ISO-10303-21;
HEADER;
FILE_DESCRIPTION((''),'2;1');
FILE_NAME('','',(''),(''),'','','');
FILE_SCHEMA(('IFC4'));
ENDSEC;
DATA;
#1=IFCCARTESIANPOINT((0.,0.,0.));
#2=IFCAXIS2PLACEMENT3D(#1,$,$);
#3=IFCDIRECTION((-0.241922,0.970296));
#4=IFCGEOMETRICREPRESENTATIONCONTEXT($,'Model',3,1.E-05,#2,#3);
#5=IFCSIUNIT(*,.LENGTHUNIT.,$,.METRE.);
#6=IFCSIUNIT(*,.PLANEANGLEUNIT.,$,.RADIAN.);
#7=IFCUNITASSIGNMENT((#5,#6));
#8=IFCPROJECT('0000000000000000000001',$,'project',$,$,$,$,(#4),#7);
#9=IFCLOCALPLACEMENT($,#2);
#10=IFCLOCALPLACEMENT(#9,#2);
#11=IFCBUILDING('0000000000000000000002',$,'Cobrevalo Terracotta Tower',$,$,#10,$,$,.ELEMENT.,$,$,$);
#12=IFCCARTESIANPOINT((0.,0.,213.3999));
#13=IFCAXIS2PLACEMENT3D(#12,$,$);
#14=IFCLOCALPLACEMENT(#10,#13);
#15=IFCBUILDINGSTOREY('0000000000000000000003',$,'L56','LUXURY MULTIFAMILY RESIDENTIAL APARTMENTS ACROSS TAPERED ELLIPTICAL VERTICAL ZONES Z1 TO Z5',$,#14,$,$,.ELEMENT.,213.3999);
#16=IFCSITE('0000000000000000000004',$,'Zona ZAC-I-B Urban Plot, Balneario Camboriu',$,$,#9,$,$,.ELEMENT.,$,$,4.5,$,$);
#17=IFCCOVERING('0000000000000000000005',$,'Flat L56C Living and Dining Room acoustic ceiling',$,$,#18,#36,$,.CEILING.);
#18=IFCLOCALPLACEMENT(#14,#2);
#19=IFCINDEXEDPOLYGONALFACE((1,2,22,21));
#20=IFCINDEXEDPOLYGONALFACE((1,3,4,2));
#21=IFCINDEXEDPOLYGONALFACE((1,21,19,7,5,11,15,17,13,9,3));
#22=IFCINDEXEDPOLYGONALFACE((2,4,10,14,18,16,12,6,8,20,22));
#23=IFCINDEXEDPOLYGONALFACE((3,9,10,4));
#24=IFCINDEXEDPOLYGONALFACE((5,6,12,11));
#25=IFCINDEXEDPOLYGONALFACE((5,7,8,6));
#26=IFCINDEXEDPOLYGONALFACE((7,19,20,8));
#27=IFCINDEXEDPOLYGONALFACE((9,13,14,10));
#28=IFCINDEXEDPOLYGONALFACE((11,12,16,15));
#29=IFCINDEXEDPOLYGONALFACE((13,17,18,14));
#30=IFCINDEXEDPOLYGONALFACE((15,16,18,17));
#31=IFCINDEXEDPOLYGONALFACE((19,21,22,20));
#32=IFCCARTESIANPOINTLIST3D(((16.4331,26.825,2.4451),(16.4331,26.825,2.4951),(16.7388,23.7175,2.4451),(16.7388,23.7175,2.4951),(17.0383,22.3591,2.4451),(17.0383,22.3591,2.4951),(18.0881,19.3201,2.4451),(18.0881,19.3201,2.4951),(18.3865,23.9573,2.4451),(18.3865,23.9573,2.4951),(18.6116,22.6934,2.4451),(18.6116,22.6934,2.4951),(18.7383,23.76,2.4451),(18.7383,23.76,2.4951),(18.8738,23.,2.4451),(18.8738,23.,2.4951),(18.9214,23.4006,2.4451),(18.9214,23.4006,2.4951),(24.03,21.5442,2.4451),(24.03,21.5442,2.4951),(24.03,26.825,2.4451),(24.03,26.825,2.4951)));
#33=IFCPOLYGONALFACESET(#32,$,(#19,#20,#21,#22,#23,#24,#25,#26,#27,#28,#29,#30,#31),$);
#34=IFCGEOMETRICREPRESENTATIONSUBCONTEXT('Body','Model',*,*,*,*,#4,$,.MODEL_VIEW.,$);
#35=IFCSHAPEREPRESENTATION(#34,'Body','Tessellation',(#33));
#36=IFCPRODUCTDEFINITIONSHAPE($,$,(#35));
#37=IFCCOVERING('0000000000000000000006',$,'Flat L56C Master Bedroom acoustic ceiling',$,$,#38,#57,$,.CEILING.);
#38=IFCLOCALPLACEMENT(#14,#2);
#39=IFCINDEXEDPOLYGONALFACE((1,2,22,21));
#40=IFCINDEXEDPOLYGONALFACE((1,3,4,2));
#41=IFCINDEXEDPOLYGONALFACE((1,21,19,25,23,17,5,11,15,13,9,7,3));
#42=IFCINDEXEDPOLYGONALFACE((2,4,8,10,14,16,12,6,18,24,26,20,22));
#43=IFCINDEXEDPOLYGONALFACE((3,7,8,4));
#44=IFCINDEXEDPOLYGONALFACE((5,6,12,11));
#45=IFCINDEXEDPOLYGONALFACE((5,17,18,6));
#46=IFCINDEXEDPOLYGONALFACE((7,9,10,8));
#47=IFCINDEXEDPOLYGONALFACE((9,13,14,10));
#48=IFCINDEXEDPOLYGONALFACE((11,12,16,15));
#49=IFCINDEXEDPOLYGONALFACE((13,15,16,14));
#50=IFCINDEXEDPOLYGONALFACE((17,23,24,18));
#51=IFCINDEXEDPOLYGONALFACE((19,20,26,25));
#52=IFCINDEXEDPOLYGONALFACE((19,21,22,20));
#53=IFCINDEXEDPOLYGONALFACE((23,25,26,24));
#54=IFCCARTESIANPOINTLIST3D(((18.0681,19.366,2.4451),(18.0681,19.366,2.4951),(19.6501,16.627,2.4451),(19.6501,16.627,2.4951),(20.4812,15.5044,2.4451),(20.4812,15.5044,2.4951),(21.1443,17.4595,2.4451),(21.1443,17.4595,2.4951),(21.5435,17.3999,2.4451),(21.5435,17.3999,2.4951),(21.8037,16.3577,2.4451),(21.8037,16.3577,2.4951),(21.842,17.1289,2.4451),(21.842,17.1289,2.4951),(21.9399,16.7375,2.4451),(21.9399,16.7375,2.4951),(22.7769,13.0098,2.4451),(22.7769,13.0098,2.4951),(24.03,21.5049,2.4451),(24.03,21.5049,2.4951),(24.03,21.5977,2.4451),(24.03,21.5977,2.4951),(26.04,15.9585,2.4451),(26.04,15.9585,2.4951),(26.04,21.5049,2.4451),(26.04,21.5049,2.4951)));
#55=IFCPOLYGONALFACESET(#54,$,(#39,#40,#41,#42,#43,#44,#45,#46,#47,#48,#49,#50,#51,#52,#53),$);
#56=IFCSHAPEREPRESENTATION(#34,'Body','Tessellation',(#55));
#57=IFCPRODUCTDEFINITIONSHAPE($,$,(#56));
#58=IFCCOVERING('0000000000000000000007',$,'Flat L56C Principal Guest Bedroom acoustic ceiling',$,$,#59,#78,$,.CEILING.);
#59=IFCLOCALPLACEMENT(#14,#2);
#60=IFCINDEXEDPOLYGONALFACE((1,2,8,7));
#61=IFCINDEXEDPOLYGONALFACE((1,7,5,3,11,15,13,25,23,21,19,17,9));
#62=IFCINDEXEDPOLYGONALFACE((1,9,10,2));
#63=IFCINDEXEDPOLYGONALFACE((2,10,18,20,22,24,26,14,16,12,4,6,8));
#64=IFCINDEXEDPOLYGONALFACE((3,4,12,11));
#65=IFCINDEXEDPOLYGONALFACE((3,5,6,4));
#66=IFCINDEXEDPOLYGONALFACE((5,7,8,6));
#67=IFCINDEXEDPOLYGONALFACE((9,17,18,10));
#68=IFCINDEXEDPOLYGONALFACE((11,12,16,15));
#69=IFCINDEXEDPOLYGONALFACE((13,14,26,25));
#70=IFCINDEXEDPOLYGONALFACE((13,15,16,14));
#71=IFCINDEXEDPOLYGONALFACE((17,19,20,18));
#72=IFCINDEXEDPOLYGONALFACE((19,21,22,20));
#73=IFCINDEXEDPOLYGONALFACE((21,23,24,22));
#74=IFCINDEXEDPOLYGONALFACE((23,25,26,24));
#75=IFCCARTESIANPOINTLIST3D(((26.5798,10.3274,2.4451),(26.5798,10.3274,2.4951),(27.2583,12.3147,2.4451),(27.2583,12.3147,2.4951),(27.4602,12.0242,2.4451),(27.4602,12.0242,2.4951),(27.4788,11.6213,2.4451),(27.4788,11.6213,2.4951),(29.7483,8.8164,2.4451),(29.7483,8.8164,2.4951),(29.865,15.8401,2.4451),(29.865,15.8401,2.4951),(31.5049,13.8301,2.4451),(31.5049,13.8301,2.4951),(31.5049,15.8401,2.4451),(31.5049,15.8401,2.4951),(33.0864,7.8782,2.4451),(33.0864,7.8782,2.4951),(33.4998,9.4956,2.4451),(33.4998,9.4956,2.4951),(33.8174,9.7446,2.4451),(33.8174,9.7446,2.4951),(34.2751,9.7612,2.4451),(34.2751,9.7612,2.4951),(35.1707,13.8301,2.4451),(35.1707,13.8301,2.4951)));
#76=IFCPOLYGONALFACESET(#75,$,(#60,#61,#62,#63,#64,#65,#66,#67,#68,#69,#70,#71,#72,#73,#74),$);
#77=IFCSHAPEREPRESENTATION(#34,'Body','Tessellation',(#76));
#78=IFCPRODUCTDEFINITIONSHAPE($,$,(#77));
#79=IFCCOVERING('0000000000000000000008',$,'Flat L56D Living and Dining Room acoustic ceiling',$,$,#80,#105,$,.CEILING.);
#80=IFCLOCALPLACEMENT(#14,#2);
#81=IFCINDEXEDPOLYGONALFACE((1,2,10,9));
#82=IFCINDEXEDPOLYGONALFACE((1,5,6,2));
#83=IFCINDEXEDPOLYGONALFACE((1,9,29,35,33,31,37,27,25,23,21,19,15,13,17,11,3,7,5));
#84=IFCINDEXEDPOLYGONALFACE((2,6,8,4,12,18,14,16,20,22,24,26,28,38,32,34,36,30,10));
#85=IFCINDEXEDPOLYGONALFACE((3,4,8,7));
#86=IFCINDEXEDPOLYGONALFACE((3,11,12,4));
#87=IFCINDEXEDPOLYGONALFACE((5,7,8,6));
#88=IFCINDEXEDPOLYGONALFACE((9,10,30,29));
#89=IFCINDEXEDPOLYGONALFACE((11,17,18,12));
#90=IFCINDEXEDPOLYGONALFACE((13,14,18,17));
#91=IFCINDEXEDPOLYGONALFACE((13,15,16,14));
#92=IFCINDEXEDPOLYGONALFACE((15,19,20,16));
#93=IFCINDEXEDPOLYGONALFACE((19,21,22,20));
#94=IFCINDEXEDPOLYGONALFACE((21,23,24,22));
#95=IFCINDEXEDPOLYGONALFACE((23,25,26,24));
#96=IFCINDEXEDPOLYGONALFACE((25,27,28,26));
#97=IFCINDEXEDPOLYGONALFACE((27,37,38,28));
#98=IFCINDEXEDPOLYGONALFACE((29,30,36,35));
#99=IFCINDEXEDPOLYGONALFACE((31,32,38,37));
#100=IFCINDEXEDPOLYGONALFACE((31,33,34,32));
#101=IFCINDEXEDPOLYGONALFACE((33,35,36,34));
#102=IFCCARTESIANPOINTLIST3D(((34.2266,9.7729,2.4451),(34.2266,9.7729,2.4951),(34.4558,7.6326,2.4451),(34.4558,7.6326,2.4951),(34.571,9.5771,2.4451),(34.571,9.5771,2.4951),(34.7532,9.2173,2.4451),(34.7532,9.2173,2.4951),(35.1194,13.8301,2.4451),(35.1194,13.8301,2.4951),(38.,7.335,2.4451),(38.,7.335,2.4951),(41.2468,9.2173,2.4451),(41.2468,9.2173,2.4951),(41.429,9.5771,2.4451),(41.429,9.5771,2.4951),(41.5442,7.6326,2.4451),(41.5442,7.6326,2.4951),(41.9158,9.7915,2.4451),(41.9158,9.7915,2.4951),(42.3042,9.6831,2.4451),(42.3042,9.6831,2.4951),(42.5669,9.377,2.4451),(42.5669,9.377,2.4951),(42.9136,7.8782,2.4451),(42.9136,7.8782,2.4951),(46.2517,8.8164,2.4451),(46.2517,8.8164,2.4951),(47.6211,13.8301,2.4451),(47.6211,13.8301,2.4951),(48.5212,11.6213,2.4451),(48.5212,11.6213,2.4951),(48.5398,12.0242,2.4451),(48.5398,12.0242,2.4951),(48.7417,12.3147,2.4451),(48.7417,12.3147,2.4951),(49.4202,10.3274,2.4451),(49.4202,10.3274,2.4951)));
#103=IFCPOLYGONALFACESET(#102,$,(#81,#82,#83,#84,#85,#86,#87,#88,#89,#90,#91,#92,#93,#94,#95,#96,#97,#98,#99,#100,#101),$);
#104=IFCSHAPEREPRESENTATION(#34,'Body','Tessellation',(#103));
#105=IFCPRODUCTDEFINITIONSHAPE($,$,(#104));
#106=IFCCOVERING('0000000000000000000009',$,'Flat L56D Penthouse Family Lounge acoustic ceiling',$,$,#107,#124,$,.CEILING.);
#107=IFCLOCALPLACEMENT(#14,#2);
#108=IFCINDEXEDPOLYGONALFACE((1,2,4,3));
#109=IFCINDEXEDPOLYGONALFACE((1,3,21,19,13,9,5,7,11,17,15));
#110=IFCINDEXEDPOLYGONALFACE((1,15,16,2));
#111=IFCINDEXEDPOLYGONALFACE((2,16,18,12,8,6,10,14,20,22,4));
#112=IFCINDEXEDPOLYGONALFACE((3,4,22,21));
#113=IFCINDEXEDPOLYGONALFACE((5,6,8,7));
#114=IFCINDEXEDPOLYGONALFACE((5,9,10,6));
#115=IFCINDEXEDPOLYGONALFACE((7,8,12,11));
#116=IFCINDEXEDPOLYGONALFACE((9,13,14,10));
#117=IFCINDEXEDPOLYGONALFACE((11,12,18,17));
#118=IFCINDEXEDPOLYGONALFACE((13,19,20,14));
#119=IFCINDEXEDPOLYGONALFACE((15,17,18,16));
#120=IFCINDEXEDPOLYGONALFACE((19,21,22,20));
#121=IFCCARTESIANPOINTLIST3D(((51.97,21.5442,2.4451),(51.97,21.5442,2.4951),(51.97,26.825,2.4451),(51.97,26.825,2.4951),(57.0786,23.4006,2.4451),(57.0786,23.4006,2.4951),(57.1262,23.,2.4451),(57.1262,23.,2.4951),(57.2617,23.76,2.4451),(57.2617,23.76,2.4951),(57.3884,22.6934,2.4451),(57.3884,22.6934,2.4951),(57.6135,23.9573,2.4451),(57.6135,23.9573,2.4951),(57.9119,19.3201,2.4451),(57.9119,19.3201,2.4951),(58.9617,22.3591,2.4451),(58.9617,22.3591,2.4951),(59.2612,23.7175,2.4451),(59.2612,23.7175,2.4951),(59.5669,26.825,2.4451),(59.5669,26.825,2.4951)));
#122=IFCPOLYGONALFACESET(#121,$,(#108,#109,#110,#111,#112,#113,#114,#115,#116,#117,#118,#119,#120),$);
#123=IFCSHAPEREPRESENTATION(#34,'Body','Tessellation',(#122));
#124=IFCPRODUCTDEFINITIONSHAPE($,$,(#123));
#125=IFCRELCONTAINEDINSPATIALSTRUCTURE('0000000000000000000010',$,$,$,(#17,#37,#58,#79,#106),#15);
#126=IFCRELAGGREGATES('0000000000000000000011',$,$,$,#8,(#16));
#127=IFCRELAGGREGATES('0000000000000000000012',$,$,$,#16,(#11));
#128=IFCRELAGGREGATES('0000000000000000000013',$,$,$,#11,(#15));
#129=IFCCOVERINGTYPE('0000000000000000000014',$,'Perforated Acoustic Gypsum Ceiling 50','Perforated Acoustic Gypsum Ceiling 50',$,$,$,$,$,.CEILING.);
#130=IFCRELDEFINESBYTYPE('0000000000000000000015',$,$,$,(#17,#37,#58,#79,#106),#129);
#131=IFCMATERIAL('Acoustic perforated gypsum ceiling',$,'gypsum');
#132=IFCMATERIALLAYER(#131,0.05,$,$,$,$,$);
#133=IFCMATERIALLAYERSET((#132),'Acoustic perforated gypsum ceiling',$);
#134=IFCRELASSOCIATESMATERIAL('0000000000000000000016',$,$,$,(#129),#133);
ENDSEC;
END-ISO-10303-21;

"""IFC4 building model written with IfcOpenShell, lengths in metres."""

from ifc_helpers import new_model, si_unit, direction, frame, origin, place, context, subcontext, project, spatial, polyline, outline, extrude, material, layer, layer_set, type_object, element, save


model = new_model("IFC4")

# Units and contexts
model_context = context("Model", 3, precision=1e-05, world=origin(), true_north=direction((-0.241922, 0.970296)))
body_context = subcontext(model_context, "Body", "Model", "MODEL_VIEW")
ifc_project = project(units=[si_unit("LENGTHUNIT", "METRE"), si_unit("PLANEANGLEUNIT", "RADIAN")], contexts=[model_context])

# Site, building, storey
site_placement = place(None, origin())
site = spatial("IfcSite", under=ifc_project, at=site_placement, Name="Zona ZAC-I-B Urban Plot, Balneario Camboriu", CompositionType="ELEMENT", RefElevation=4.5)
building_placement = place(site_placement, origin())
building = spatial("IfcBuilding", under=site, at=building_placement, Name="Cobrevalo Terracotta Tower", CompositionType="ELEMENT")
storey_placement = place(building_placement, frame((0.0, 0.0, 213.3999)))
storey = spatial("IfcBuildingStorey", under=building, at=storey_placement, Name="L56", Description="LUXURY MULTIFAMILY RESIDENTIAL APARTMENTS ACROSS TAPERED ELLIPTICAL VERTICAL ZONES Z1 TO Z5", CompositionType="ELEMENT", Elevation=213.3999)

# Coverings
ifc_material_1 = material(Name="Acoustic perforated gypsum ceiling", Category="gypsum")
ifc_layer_1 = layer(ifc_material_1, 0.05)
ifc_layer_set_1 = layer_set([ifc_layer_1], Name="Acoustic perforated gypsum ceiling")
covering_type_1 = type_object("IfcCoveringType", Name="Perforated Acoustic Gypsum Ceiling 50", Description="Perforated Acoustic Gypsum Ceiling 50", PredefinedType="CEILING", material=ifc_layer_set_1)
covering_1_placement = place(storey_placement, frame((0.0, 0.0, 2.4451)))
element("IfcCovering", 1, at=covering_1_placement, inside=storey, type_object=covering_type_1, Name="Flat L56C Living and Dining Room acoustic ceiling", PredefinedType="CEILING", context=body_context, shape_type="SweptSolid", body=[
    extrude(outline(polyline([(18.0881, 19.3201), (17.0383, 22.3591), (18.6116, 22.6934), (18.8738, 23.0), (18.9214, 23.4006), (18.7383, 23.76), (18.3865, 23.9573), (16.7388, 23.7175), (16.4331, 26.825), (24.03, 26.825), (24.03, 21.5442), (18.0881, 19.3201)])), origin(), (0.0, 0.0, 1.0), 0.05),
])
covering_2_placement = place(storey_placement, frame((0.0, 0.0, 2.4451)))
element("IfcCovering", 2, at=covering_2_placement, inside=storey, type_object=covering_type_1, Name="Flat L56C Master Bedroom acoustic ceiling", PredefinedType="CEILING", context=body_context, shape_type="SweptSolid", body=[
    extrude(outline(polyline([(22.7769, 13.0098), (20.4812, 15.5044), (21.8037, 16.3577), (21.9399, 16.7375), (21.842, 17.1289), (21.5435, 17.3999), (21.1443, 17.4595), (19.6501, 16.627), (18.0681, 19.366), (24.03, 21.5977), (24.03, 21.5049), (26.04, 21.5049), (26.04, 15.9585), (22.7769, 13.0098)])), origin(), (0.0, 0.0, 1.0), 0.05),
])
covering_3_placement = place(storey_placement, frame((0.0, 0.0, 2.4451)))
element("IfcCovering", 3, at=covering_3_placement, inside=storey, type_object=covering_type_1, Name="Flat L56C Principal Guest Bedroom acoustic ceiling", PredefinedType="CEILING", context=body_context, shape_type="SweptSolid", body=[
    extrude(outline(polyline([(26.5798, 10.3274), (27.4788, 11.6213), (27.4602, 12.0242), (27.2583, 12.3147), (29.865, 15.8401), (31.5049, 15.8401), (31.5049, 13.8301), (35.1707, 13.8301), (34.2751, 9.7612), (33.8174, 9.7446), (33.4998, 9.4956), (33.0864, 7.8782), (29.7483, 8.8164), (26.5798, 10.3274)])), origin(), (0.0, 0.0, 1.0), 0.05),
])
covering_4_placement = place(storey_placement, frame((0.0, 0.0, 2.4451)))
element("IfcCovering", 4, at=covering_4_placement, inside=storey, type_object=covering_type_1, Name="Flat L56D Living and Dining Room acoustic ceiling", PredefinedType="CEILING", context=body_context, shape_type="SweptSolid", body=[
    extrude(outline(polyline([(46.2517, 8.8164), (42.9136, 7.8782), (42.5669, 9.377), (42.3042, 9.6831), (41.9158, 9.7915), (41.429, 9.5771), (41.2468, 9.2173), (41.5442, 7.6326), (38.0, 7.335), (34.4558, 7.6326), (34.7532, 9.2173), (34.571, 9.5771), (34.2266, 9.7729), (35.1194, 13.8301), (47.6211, 13.8301), (48.7417, 12.3147), (48.5398, 12.0242), (48.5212, 11.6213), (49.4202, 10.3274), (46.2517, 8.8164)])), origin(), (0.0, 0.0, 1.0), 0.05),
])
covering_5_placement = place(storey_placement, frame((0.0, 0.0, 2.4451)))
element("IfcCovering", 5, at=covering_5_placement, inside=storey, type_object=covering_type_1, Name="Flat L56D Penthouse Family Lounge acoustic ceiling", PredefinedType="CEILING", context=body_context, shape_type="SweptSolid", body=[
    extrude(outline(polyline([(51.97, 21.5442), (51.97, 26.825), (59.5669, 26.825), (59.2612, 23.7175), (57.6135, 23.9573), (57.2617, 23.76), (57.0786, 23.4006), (57.1262, 23.0), (57.3884, 22.6934), (58.9617, 22.3591), (57.9119, 19.3201), (51.97, 21.5442)])), origin(), (0.0, 0.0, 1.0), 0.05),
])

save(model, "model.ifc")
